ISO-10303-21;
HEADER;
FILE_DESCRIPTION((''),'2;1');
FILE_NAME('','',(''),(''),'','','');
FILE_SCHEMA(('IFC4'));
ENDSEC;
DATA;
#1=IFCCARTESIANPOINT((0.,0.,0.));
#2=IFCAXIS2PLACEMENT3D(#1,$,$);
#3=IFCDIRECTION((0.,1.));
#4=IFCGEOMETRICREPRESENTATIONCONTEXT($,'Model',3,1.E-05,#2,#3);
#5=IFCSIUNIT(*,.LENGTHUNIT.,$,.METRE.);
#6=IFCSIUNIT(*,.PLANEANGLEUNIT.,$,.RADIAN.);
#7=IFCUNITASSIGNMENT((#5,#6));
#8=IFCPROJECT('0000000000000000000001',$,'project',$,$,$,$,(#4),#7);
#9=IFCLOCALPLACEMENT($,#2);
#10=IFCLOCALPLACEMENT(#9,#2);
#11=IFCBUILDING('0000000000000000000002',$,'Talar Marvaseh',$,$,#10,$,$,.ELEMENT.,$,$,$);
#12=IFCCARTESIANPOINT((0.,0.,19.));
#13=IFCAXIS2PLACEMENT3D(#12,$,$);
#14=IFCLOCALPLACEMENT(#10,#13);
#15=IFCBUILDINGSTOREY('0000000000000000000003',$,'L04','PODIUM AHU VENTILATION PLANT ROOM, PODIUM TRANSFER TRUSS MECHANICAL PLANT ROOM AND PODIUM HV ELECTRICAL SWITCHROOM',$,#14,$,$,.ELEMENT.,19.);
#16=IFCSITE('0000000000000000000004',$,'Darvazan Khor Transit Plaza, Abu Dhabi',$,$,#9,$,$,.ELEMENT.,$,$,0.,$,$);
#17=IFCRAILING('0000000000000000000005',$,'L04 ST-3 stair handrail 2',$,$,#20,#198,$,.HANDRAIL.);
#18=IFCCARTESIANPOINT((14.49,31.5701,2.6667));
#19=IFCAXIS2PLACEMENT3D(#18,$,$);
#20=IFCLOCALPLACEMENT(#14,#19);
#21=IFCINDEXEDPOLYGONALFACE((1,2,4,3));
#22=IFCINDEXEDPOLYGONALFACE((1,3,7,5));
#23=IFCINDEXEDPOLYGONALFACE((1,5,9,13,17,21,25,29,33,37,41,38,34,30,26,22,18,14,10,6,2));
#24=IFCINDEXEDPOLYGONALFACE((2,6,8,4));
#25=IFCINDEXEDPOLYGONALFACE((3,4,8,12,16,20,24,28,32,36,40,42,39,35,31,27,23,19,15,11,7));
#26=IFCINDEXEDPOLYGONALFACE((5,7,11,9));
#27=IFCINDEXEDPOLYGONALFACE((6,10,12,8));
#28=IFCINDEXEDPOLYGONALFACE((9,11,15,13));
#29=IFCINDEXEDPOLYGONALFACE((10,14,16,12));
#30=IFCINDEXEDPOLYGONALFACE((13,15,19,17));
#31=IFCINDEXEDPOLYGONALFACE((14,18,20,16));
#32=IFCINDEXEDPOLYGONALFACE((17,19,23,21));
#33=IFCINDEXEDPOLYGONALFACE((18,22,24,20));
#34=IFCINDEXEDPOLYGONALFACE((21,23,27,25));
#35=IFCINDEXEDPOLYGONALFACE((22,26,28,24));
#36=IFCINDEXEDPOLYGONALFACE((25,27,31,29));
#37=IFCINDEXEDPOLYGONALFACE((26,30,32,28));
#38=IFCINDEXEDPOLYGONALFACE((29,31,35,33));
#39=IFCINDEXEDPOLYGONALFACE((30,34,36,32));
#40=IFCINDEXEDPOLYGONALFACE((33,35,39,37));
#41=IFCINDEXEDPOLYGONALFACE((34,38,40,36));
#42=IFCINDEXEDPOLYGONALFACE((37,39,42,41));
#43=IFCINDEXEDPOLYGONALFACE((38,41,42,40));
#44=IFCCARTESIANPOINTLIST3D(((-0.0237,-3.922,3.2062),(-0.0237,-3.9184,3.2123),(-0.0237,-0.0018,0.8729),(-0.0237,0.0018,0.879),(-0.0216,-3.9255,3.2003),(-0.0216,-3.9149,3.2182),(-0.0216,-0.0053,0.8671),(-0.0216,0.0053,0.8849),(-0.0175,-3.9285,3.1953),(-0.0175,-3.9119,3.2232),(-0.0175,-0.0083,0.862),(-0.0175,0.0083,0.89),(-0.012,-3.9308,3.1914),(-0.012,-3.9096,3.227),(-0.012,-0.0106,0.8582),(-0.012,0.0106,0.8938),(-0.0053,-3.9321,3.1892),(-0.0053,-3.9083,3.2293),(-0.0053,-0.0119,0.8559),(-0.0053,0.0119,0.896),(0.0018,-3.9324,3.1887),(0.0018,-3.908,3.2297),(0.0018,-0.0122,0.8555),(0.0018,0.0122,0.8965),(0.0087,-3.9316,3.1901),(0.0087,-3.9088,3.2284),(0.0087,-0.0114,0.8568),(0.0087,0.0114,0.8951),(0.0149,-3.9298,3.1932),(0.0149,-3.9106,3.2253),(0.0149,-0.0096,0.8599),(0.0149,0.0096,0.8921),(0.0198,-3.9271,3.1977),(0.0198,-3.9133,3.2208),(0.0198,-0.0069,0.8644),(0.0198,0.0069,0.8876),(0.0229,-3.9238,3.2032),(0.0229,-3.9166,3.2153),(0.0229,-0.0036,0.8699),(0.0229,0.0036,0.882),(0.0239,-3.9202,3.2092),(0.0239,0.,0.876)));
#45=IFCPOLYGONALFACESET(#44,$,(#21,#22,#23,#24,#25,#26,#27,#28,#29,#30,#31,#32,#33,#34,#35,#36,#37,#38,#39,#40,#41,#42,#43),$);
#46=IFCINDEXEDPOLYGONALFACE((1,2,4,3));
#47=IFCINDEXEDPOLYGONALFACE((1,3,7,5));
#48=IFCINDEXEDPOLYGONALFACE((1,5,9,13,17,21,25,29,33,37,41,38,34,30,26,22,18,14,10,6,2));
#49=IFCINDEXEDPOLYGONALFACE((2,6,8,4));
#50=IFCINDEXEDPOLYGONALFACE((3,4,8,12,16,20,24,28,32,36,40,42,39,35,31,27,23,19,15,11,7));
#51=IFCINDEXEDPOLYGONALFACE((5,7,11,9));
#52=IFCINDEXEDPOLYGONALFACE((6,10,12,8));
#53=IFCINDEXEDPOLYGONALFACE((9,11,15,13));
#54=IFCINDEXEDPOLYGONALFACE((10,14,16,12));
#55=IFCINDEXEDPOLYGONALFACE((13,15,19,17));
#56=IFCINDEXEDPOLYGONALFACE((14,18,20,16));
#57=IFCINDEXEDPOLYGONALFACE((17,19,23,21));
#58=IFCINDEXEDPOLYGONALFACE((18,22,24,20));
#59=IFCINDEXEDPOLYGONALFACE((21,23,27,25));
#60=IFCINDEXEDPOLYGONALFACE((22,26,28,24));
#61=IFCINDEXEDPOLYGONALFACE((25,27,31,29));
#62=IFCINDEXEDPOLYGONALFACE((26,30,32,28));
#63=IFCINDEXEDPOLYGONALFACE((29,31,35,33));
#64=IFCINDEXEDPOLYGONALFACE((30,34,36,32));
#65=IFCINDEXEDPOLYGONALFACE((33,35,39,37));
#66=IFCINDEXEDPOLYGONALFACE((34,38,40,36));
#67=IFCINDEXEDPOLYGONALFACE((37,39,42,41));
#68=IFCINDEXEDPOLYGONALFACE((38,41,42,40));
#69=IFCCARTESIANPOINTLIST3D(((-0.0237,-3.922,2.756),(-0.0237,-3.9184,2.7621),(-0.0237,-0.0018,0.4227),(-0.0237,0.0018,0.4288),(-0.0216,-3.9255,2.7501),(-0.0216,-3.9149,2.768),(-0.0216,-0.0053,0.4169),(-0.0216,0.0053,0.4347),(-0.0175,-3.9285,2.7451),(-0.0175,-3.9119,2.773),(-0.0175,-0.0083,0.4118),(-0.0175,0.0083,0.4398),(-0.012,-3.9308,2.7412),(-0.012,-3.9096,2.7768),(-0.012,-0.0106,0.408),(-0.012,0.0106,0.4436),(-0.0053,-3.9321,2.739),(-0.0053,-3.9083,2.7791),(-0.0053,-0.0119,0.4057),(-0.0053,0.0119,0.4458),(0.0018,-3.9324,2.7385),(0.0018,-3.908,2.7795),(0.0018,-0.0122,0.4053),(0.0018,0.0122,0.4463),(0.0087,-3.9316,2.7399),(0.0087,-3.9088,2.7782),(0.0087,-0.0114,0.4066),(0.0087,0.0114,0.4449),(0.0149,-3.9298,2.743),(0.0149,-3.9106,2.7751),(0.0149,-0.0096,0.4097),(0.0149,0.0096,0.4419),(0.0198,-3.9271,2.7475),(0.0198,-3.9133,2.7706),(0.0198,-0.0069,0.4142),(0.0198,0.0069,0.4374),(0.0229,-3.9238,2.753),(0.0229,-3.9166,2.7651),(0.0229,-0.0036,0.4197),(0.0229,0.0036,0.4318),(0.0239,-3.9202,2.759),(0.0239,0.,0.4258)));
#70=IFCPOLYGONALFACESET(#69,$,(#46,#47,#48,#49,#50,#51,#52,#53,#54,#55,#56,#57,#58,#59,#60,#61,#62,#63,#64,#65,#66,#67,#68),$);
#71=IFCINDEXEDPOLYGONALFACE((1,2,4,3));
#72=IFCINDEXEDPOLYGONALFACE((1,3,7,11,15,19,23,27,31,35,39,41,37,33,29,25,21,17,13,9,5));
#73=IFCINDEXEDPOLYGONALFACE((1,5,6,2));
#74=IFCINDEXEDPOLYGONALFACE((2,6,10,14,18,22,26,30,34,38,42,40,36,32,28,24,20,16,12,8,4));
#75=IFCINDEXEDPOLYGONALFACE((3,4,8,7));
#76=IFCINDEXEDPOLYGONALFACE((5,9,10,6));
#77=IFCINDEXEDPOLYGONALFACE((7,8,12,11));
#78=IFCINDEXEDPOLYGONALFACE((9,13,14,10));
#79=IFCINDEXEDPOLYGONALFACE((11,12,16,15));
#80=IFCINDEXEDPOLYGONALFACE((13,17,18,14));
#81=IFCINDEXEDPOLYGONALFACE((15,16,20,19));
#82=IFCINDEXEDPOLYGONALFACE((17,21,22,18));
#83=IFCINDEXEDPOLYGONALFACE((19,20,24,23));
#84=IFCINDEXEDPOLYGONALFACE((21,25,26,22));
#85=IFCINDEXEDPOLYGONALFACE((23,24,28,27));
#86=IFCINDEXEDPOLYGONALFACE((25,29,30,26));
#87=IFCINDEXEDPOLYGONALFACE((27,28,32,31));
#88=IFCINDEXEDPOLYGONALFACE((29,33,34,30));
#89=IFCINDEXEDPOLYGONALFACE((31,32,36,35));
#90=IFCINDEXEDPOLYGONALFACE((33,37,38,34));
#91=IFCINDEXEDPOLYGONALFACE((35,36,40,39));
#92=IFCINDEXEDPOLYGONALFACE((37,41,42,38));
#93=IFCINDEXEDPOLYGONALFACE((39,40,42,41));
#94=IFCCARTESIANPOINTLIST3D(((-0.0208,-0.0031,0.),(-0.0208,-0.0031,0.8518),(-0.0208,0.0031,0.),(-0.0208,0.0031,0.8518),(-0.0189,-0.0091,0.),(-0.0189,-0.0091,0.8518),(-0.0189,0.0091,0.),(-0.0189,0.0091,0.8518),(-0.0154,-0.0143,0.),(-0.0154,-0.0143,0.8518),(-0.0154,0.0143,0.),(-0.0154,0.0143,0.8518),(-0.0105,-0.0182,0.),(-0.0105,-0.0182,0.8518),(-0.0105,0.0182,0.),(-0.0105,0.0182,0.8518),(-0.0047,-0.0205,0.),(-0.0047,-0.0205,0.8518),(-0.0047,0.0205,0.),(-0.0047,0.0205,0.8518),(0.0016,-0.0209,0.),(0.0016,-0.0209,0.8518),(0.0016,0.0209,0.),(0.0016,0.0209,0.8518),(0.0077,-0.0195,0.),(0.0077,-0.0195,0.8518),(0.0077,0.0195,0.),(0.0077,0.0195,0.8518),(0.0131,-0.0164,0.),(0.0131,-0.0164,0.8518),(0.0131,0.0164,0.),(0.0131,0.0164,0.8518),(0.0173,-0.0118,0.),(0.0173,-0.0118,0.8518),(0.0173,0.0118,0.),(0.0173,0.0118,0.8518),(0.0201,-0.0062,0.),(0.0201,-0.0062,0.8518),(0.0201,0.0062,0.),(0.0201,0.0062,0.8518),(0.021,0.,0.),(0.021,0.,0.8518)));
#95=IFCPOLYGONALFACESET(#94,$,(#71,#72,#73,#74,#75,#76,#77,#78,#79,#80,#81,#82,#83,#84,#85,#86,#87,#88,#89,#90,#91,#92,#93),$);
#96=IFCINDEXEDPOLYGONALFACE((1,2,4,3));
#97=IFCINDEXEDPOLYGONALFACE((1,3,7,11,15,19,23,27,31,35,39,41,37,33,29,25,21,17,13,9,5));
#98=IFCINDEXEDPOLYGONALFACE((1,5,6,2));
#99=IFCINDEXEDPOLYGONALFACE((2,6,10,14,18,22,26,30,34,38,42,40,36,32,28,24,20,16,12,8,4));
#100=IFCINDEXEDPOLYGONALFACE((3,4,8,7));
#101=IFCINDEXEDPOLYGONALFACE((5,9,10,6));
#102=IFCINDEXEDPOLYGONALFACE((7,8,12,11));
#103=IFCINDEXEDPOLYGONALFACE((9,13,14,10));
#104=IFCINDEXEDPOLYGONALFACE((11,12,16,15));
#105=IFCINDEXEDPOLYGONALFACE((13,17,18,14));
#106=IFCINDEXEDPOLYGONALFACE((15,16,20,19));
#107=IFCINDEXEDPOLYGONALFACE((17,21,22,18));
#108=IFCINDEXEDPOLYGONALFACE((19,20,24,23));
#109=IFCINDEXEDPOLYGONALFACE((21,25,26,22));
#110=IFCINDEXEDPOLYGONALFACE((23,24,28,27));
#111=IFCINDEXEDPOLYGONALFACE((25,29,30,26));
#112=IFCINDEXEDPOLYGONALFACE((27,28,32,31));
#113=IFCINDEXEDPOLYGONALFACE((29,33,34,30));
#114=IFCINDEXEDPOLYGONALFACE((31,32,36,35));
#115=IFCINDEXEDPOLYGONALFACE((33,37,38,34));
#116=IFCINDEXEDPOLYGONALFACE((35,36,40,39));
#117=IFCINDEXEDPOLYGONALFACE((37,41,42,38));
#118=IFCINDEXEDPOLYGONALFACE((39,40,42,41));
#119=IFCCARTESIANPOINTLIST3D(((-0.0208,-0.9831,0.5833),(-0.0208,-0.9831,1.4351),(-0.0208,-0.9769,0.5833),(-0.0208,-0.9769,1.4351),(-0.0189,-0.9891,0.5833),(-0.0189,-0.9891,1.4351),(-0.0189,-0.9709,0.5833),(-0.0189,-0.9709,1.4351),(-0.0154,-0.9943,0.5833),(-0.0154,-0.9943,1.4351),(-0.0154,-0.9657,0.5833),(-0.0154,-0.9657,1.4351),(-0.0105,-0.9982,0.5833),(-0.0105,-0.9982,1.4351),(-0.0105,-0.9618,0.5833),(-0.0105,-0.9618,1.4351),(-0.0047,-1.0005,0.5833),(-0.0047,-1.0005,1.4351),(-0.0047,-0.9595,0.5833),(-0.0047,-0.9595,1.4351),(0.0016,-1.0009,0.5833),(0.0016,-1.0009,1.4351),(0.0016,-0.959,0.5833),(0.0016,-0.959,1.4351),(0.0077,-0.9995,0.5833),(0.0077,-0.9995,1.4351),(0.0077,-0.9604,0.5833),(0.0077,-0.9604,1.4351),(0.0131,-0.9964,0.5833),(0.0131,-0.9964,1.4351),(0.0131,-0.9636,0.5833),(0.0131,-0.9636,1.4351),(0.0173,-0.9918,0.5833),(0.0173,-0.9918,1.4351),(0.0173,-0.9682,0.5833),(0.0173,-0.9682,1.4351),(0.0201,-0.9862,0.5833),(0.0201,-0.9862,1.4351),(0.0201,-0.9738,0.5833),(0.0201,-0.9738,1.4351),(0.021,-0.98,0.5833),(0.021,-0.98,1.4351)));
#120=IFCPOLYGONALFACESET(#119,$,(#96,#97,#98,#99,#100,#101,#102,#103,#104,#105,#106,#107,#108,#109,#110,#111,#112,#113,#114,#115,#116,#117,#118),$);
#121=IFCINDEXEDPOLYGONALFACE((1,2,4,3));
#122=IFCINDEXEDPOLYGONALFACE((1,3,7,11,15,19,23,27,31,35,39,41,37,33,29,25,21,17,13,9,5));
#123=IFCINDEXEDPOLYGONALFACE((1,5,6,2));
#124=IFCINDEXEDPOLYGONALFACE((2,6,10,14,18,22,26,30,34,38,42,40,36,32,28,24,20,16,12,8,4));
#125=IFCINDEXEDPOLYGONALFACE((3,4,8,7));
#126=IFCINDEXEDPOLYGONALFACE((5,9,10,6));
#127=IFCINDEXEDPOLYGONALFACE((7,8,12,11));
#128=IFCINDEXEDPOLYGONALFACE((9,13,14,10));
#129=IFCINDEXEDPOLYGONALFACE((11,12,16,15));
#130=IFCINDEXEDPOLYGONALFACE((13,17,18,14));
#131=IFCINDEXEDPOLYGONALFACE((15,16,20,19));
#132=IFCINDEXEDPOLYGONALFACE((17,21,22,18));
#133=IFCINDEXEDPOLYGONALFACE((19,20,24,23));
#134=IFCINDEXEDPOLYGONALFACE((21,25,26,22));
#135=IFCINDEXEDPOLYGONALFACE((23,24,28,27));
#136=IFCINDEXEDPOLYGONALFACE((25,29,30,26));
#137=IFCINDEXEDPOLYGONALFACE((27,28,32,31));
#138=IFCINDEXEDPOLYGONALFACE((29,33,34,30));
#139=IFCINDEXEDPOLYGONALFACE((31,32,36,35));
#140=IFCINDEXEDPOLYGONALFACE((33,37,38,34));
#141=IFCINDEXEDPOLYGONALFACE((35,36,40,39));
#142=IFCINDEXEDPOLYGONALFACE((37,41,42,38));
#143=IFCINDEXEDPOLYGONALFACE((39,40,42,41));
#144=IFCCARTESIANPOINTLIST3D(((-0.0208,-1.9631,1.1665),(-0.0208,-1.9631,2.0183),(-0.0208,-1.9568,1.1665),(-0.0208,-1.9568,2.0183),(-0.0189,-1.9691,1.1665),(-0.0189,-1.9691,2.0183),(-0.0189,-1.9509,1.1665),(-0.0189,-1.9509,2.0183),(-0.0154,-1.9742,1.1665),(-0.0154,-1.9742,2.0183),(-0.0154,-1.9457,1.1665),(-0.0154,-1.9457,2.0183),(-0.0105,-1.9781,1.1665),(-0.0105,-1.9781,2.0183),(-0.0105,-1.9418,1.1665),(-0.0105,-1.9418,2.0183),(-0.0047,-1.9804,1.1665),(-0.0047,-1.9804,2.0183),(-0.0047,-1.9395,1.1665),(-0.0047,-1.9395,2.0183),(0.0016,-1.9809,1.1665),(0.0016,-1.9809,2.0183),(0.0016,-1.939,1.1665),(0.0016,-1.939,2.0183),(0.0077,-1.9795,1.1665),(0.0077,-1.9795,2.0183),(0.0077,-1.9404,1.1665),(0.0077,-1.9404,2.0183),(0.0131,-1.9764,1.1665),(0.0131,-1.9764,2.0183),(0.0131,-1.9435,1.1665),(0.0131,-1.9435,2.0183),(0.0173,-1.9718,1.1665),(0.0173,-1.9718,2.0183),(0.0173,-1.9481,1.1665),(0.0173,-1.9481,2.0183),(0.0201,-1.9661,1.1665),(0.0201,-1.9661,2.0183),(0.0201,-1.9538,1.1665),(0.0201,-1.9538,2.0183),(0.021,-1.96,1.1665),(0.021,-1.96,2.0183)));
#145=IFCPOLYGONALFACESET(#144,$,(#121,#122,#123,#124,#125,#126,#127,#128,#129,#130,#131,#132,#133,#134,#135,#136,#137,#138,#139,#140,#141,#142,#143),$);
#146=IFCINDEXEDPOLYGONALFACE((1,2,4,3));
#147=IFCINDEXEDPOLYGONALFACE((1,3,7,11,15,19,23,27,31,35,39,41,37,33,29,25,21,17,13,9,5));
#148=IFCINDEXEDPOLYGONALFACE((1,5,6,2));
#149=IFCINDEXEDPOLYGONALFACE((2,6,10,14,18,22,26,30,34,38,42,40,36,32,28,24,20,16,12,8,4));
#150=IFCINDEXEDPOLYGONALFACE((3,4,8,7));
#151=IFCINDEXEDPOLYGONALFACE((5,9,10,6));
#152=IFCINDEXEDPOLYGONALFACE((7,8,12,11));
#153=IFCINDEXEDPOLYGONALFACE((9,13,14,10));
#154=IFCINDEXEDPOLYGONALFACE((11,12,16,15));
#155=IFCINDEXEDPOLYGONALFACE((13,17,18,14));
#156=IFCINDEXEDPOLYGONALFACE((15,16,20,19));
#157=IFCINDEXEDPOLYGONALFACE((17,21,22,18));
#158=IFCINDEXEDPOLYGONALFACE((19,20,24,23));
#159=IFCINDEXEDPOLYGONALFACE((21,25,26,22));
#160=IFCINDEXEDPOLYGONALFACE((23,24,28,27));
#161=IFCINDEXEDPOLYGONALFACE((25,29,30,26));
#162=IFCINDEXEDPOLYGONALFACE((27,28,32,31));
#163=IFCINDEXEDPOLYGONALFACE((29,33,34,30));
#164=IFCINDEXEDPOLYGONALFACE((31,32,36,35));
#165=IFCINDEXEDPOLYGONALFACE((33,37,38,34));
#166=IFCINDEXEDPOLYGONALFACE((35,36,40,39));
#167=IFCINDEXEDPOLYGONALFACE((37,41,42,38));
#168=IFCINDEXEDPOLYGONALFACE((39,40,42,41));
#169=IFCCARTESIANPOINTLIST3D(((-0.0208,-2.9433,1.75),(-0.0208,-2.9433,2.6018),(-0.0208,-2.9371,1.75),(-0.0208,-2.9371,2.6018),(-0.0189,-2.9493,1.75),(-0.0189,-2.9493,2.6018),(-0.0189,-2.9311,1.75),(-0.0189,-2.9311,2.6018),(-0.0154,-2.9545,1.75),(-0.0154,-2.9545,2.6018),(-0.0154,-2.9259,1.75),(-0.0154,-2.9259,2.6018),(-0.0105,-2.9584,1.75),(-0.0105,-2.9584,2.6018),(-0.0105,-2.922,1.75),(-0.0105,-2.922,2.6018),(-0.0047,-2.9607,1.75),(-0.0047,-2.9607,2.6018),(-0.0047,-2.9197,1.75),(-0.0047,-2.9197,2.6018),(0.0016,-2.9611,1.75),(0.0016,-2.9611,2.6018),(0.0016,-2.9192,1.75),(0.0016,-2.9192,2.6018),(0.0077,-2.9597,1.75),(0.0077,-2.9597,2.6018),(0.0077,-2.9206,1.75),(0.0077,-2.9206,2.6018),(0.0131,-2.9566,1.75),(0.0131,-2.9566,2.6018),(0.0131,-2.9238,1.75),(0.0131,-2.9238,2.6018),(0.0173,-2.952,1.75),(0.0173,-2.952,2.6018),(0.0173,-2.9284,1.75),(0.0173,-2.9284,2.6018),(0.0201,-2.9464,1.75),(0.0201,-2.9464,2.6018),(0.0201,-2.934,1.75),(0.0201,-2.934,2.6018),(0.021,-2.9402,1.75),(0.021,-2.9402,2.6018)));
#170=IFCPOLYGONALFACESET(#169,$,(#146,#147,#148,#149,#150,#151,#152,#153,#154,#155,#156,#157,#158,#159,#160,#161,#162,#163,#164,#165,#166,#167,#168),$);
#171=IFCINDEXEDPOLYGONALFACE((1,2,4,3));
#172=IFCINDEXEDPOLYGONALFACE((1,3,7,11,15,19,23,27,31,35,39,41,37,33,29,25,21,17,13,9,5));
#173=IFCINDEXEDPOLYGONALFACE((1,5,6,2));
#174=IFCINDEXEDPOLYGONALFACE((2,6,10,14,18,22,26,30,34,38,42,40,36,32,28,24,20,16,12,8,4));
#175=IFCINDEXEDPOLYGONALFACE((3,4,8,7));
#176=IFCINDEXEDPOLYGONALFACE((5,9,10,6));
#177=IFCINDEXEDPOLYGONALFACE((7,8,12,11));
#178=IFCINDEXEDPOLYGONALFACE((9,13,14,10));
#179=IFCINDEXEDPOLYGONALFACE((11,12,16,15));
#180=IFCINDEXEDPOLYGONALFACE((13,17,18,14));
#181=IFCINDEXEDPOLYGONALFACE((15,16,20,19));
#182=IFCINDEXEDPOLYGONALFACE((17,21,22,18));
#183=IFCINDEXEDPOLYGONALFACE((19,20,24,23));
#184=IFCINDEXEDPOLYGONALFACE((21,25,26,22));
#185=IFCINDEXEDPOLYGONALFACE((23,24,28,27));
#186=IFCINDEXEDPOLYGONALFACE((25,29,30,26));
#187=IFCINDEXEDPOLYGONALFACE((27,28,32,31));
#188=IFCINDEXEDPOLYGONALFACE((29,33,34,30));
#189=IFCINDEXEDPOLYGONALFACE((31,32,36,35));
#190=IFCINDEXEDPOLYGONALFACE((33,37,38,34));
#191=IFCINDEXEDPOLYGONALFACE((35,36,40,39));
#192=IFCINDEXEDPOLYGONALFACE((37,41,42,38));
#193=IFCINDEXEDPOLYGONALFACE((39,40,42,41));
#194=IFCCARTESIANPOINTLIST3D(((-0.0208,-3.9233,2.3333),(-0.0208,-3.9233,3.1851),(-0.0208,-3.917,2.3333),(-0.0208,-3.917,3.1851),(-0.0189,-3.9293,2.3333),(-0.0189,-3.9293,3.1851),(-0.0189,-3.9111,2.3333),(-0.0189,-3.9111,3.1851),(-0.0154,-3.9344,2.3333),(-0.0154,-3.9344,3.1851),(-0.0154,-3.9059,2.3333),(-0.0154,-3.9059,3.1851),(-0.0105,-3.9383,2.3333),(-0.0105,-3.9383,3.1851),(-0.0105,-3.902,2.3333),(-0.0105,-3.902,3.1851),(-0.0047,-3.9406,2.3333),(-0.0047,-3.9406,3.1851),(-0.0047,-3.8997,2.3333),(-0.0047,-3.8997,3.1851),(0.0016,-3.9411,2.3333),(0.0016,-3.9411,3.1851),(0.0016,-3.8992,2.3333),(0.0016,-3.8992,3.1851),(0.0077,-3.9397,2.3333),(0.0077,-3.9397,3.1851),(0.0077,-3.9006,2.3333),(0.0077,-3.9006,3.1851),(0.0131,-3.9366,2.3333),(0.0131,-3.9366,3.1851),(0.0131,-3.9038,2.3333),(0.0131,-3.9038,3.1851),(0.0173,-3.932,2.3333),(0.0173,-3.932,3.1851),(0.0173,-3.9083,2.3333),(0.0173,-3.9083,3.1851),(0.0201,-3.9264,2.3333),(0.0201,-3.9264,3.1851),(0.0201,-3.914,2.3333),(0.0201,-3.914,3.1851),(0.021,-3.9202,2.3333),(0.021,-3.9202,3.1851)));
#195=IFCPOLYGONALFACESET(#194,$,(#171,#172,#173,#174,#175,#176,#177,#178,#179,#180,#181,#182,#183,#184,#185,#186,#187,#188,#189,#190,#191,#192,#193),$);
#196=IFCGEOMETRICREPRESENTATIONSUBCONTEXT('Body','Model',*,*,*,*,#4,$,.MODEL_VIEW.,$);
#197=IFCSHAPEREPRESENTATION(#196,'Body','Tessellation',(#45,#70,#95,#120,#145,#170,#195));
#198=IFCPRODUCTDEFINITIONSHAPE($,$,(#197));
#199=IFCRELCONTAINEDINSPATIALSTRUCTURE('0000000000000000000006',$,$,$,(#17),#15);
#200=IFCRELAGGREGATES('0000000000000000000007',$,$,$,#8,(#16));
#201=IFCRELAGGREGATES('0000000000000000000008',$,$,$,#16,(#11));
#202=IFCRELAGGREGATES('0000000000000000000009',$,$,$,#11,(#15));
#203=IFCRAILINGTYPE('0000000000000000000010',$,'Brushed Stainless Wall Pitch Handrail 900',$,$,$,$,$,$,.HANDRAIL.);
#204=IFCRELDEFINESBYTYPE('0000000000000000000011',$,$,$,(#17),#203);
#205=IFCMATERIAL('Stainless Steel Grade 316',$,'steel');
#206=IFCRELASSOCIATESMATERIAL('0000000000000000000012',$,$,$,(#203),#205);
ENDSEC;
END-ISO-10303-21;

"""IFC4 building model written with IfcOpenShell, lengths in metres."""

from ifc_helpers import new_model, si_unit, direction, frame, origin, origin_2d, place, context, subcontext, project, spatial, circle, extrude, material, type_object, element, save


model = new_model("IFC4")

# Units and contexts
model_context = context("Model", 3, precision=1e-05, world=origin(), true_north=direction((0.0, 1.0)))
body_context = subcontext(model_context, "Body", "Model", "MODEL_VIEW")
ifc_project = project(units=[si_unit("LENGTHUNIT", "METRE"), si_unit("PLANEANGLEUNIT", "RADIAN")], contexts=[model_context])

# Site, building, storey
site_placement = place(None, origin())
site = spatial("IfcSite", under=ifc_project, at=site_placement, Name="Darvazan Khor Transit Plaza, Abu Dhabi", CompositionType="ELEMENT", RefElevation=0.0)
building_placement = place(site_placement, origin())
building = spatial("IfcBuilding", under=site, at=building_placement, Name="Talar Marvaseh", CompositionType="ELEMENT")
storey_placement = place(building_placement, frame((0.0, 0.0, 19.0)))
storey = spatial("IfcBuildingStorey", under=building, at=storey_placement, Name="L04", Description="PODIUM AHU VENTILATION PLANT ROOM, PODIUM TRANSFER TRUSS MECHANICAL PLANT ROOM AND PODIUM HV ELECTRICAL SWITCHROOM", CompositionType="ELEMENT", Elevation=19.0)

# Shared definitions
ifc_material_1 = material(Name="Stainless Steel Grade 316", Category="steel")

# Railing
railing_type_1 = type_object("IfcRailingType", Name="Brushed Stainless Wall Pitch Handrail 900", PredefinedType="HANDRAIL", material=ifc_material_1)
for number, where, name in (
    (1, (14.49, 31.5701, 2.6667), "L04 ST-3 stair handrail 2"),
):
    element("IfcRailing", number, at=place(storey_placement, frame(where)), inside=storey, type_object=railing_type_1, Name=name, PredefinedType="HANDRAIL", context=body_context, shape_type="SweptSolid", body=[
        extrude(circle(Radius=0.0239, at=origin_2d()), frame((0.0, 0.0, 0.876), z_axis=(0.0, -0.85931, 0.511455), x_axis=(1.0, 0.0, 0.0)), (0.0, 0.0, 1.0), 4.562),
        extrude(circle(Radius=0.0239, at=origin_2d()), frame((0.0, 0.0, 0.4258), z_axis=(0.0, -0.85931, 0.511455), x_axis=(1.0, 0.0, 0.0)), (0.0, 0.0, 1.0), 4.562),
        extrude(circle(Radius=0.021, at=origin_2d()), origin(), (0.0, 0.0, 1.0), 0.8518),
        extrude(circle(Radius=0.021, at=origin_2d()), frame((0.0, -0.98, 0.5833)), (0.0, 0.0, 1.0), 0.8518),
        extrude(circle(Radius=0.021, at=origin_2d()), frame((0.0, -1.96, 1.1665)), (0.0, 0.0, 1.0), 0.8518),
        extrude(circle(Radius=0.021, at=origin_2d()), frame((0.0, -2.9402, 1.75)), (0.0, 0.0, 1.0), 0.8518),
        extrude(circle(Radius=0.021, at=origin_2d()), frame((0.0, -3.9202, 2.3333)), (0.0, 0.0, 1.0), 0.8518),
    ])

save(model, "model.ifc")
